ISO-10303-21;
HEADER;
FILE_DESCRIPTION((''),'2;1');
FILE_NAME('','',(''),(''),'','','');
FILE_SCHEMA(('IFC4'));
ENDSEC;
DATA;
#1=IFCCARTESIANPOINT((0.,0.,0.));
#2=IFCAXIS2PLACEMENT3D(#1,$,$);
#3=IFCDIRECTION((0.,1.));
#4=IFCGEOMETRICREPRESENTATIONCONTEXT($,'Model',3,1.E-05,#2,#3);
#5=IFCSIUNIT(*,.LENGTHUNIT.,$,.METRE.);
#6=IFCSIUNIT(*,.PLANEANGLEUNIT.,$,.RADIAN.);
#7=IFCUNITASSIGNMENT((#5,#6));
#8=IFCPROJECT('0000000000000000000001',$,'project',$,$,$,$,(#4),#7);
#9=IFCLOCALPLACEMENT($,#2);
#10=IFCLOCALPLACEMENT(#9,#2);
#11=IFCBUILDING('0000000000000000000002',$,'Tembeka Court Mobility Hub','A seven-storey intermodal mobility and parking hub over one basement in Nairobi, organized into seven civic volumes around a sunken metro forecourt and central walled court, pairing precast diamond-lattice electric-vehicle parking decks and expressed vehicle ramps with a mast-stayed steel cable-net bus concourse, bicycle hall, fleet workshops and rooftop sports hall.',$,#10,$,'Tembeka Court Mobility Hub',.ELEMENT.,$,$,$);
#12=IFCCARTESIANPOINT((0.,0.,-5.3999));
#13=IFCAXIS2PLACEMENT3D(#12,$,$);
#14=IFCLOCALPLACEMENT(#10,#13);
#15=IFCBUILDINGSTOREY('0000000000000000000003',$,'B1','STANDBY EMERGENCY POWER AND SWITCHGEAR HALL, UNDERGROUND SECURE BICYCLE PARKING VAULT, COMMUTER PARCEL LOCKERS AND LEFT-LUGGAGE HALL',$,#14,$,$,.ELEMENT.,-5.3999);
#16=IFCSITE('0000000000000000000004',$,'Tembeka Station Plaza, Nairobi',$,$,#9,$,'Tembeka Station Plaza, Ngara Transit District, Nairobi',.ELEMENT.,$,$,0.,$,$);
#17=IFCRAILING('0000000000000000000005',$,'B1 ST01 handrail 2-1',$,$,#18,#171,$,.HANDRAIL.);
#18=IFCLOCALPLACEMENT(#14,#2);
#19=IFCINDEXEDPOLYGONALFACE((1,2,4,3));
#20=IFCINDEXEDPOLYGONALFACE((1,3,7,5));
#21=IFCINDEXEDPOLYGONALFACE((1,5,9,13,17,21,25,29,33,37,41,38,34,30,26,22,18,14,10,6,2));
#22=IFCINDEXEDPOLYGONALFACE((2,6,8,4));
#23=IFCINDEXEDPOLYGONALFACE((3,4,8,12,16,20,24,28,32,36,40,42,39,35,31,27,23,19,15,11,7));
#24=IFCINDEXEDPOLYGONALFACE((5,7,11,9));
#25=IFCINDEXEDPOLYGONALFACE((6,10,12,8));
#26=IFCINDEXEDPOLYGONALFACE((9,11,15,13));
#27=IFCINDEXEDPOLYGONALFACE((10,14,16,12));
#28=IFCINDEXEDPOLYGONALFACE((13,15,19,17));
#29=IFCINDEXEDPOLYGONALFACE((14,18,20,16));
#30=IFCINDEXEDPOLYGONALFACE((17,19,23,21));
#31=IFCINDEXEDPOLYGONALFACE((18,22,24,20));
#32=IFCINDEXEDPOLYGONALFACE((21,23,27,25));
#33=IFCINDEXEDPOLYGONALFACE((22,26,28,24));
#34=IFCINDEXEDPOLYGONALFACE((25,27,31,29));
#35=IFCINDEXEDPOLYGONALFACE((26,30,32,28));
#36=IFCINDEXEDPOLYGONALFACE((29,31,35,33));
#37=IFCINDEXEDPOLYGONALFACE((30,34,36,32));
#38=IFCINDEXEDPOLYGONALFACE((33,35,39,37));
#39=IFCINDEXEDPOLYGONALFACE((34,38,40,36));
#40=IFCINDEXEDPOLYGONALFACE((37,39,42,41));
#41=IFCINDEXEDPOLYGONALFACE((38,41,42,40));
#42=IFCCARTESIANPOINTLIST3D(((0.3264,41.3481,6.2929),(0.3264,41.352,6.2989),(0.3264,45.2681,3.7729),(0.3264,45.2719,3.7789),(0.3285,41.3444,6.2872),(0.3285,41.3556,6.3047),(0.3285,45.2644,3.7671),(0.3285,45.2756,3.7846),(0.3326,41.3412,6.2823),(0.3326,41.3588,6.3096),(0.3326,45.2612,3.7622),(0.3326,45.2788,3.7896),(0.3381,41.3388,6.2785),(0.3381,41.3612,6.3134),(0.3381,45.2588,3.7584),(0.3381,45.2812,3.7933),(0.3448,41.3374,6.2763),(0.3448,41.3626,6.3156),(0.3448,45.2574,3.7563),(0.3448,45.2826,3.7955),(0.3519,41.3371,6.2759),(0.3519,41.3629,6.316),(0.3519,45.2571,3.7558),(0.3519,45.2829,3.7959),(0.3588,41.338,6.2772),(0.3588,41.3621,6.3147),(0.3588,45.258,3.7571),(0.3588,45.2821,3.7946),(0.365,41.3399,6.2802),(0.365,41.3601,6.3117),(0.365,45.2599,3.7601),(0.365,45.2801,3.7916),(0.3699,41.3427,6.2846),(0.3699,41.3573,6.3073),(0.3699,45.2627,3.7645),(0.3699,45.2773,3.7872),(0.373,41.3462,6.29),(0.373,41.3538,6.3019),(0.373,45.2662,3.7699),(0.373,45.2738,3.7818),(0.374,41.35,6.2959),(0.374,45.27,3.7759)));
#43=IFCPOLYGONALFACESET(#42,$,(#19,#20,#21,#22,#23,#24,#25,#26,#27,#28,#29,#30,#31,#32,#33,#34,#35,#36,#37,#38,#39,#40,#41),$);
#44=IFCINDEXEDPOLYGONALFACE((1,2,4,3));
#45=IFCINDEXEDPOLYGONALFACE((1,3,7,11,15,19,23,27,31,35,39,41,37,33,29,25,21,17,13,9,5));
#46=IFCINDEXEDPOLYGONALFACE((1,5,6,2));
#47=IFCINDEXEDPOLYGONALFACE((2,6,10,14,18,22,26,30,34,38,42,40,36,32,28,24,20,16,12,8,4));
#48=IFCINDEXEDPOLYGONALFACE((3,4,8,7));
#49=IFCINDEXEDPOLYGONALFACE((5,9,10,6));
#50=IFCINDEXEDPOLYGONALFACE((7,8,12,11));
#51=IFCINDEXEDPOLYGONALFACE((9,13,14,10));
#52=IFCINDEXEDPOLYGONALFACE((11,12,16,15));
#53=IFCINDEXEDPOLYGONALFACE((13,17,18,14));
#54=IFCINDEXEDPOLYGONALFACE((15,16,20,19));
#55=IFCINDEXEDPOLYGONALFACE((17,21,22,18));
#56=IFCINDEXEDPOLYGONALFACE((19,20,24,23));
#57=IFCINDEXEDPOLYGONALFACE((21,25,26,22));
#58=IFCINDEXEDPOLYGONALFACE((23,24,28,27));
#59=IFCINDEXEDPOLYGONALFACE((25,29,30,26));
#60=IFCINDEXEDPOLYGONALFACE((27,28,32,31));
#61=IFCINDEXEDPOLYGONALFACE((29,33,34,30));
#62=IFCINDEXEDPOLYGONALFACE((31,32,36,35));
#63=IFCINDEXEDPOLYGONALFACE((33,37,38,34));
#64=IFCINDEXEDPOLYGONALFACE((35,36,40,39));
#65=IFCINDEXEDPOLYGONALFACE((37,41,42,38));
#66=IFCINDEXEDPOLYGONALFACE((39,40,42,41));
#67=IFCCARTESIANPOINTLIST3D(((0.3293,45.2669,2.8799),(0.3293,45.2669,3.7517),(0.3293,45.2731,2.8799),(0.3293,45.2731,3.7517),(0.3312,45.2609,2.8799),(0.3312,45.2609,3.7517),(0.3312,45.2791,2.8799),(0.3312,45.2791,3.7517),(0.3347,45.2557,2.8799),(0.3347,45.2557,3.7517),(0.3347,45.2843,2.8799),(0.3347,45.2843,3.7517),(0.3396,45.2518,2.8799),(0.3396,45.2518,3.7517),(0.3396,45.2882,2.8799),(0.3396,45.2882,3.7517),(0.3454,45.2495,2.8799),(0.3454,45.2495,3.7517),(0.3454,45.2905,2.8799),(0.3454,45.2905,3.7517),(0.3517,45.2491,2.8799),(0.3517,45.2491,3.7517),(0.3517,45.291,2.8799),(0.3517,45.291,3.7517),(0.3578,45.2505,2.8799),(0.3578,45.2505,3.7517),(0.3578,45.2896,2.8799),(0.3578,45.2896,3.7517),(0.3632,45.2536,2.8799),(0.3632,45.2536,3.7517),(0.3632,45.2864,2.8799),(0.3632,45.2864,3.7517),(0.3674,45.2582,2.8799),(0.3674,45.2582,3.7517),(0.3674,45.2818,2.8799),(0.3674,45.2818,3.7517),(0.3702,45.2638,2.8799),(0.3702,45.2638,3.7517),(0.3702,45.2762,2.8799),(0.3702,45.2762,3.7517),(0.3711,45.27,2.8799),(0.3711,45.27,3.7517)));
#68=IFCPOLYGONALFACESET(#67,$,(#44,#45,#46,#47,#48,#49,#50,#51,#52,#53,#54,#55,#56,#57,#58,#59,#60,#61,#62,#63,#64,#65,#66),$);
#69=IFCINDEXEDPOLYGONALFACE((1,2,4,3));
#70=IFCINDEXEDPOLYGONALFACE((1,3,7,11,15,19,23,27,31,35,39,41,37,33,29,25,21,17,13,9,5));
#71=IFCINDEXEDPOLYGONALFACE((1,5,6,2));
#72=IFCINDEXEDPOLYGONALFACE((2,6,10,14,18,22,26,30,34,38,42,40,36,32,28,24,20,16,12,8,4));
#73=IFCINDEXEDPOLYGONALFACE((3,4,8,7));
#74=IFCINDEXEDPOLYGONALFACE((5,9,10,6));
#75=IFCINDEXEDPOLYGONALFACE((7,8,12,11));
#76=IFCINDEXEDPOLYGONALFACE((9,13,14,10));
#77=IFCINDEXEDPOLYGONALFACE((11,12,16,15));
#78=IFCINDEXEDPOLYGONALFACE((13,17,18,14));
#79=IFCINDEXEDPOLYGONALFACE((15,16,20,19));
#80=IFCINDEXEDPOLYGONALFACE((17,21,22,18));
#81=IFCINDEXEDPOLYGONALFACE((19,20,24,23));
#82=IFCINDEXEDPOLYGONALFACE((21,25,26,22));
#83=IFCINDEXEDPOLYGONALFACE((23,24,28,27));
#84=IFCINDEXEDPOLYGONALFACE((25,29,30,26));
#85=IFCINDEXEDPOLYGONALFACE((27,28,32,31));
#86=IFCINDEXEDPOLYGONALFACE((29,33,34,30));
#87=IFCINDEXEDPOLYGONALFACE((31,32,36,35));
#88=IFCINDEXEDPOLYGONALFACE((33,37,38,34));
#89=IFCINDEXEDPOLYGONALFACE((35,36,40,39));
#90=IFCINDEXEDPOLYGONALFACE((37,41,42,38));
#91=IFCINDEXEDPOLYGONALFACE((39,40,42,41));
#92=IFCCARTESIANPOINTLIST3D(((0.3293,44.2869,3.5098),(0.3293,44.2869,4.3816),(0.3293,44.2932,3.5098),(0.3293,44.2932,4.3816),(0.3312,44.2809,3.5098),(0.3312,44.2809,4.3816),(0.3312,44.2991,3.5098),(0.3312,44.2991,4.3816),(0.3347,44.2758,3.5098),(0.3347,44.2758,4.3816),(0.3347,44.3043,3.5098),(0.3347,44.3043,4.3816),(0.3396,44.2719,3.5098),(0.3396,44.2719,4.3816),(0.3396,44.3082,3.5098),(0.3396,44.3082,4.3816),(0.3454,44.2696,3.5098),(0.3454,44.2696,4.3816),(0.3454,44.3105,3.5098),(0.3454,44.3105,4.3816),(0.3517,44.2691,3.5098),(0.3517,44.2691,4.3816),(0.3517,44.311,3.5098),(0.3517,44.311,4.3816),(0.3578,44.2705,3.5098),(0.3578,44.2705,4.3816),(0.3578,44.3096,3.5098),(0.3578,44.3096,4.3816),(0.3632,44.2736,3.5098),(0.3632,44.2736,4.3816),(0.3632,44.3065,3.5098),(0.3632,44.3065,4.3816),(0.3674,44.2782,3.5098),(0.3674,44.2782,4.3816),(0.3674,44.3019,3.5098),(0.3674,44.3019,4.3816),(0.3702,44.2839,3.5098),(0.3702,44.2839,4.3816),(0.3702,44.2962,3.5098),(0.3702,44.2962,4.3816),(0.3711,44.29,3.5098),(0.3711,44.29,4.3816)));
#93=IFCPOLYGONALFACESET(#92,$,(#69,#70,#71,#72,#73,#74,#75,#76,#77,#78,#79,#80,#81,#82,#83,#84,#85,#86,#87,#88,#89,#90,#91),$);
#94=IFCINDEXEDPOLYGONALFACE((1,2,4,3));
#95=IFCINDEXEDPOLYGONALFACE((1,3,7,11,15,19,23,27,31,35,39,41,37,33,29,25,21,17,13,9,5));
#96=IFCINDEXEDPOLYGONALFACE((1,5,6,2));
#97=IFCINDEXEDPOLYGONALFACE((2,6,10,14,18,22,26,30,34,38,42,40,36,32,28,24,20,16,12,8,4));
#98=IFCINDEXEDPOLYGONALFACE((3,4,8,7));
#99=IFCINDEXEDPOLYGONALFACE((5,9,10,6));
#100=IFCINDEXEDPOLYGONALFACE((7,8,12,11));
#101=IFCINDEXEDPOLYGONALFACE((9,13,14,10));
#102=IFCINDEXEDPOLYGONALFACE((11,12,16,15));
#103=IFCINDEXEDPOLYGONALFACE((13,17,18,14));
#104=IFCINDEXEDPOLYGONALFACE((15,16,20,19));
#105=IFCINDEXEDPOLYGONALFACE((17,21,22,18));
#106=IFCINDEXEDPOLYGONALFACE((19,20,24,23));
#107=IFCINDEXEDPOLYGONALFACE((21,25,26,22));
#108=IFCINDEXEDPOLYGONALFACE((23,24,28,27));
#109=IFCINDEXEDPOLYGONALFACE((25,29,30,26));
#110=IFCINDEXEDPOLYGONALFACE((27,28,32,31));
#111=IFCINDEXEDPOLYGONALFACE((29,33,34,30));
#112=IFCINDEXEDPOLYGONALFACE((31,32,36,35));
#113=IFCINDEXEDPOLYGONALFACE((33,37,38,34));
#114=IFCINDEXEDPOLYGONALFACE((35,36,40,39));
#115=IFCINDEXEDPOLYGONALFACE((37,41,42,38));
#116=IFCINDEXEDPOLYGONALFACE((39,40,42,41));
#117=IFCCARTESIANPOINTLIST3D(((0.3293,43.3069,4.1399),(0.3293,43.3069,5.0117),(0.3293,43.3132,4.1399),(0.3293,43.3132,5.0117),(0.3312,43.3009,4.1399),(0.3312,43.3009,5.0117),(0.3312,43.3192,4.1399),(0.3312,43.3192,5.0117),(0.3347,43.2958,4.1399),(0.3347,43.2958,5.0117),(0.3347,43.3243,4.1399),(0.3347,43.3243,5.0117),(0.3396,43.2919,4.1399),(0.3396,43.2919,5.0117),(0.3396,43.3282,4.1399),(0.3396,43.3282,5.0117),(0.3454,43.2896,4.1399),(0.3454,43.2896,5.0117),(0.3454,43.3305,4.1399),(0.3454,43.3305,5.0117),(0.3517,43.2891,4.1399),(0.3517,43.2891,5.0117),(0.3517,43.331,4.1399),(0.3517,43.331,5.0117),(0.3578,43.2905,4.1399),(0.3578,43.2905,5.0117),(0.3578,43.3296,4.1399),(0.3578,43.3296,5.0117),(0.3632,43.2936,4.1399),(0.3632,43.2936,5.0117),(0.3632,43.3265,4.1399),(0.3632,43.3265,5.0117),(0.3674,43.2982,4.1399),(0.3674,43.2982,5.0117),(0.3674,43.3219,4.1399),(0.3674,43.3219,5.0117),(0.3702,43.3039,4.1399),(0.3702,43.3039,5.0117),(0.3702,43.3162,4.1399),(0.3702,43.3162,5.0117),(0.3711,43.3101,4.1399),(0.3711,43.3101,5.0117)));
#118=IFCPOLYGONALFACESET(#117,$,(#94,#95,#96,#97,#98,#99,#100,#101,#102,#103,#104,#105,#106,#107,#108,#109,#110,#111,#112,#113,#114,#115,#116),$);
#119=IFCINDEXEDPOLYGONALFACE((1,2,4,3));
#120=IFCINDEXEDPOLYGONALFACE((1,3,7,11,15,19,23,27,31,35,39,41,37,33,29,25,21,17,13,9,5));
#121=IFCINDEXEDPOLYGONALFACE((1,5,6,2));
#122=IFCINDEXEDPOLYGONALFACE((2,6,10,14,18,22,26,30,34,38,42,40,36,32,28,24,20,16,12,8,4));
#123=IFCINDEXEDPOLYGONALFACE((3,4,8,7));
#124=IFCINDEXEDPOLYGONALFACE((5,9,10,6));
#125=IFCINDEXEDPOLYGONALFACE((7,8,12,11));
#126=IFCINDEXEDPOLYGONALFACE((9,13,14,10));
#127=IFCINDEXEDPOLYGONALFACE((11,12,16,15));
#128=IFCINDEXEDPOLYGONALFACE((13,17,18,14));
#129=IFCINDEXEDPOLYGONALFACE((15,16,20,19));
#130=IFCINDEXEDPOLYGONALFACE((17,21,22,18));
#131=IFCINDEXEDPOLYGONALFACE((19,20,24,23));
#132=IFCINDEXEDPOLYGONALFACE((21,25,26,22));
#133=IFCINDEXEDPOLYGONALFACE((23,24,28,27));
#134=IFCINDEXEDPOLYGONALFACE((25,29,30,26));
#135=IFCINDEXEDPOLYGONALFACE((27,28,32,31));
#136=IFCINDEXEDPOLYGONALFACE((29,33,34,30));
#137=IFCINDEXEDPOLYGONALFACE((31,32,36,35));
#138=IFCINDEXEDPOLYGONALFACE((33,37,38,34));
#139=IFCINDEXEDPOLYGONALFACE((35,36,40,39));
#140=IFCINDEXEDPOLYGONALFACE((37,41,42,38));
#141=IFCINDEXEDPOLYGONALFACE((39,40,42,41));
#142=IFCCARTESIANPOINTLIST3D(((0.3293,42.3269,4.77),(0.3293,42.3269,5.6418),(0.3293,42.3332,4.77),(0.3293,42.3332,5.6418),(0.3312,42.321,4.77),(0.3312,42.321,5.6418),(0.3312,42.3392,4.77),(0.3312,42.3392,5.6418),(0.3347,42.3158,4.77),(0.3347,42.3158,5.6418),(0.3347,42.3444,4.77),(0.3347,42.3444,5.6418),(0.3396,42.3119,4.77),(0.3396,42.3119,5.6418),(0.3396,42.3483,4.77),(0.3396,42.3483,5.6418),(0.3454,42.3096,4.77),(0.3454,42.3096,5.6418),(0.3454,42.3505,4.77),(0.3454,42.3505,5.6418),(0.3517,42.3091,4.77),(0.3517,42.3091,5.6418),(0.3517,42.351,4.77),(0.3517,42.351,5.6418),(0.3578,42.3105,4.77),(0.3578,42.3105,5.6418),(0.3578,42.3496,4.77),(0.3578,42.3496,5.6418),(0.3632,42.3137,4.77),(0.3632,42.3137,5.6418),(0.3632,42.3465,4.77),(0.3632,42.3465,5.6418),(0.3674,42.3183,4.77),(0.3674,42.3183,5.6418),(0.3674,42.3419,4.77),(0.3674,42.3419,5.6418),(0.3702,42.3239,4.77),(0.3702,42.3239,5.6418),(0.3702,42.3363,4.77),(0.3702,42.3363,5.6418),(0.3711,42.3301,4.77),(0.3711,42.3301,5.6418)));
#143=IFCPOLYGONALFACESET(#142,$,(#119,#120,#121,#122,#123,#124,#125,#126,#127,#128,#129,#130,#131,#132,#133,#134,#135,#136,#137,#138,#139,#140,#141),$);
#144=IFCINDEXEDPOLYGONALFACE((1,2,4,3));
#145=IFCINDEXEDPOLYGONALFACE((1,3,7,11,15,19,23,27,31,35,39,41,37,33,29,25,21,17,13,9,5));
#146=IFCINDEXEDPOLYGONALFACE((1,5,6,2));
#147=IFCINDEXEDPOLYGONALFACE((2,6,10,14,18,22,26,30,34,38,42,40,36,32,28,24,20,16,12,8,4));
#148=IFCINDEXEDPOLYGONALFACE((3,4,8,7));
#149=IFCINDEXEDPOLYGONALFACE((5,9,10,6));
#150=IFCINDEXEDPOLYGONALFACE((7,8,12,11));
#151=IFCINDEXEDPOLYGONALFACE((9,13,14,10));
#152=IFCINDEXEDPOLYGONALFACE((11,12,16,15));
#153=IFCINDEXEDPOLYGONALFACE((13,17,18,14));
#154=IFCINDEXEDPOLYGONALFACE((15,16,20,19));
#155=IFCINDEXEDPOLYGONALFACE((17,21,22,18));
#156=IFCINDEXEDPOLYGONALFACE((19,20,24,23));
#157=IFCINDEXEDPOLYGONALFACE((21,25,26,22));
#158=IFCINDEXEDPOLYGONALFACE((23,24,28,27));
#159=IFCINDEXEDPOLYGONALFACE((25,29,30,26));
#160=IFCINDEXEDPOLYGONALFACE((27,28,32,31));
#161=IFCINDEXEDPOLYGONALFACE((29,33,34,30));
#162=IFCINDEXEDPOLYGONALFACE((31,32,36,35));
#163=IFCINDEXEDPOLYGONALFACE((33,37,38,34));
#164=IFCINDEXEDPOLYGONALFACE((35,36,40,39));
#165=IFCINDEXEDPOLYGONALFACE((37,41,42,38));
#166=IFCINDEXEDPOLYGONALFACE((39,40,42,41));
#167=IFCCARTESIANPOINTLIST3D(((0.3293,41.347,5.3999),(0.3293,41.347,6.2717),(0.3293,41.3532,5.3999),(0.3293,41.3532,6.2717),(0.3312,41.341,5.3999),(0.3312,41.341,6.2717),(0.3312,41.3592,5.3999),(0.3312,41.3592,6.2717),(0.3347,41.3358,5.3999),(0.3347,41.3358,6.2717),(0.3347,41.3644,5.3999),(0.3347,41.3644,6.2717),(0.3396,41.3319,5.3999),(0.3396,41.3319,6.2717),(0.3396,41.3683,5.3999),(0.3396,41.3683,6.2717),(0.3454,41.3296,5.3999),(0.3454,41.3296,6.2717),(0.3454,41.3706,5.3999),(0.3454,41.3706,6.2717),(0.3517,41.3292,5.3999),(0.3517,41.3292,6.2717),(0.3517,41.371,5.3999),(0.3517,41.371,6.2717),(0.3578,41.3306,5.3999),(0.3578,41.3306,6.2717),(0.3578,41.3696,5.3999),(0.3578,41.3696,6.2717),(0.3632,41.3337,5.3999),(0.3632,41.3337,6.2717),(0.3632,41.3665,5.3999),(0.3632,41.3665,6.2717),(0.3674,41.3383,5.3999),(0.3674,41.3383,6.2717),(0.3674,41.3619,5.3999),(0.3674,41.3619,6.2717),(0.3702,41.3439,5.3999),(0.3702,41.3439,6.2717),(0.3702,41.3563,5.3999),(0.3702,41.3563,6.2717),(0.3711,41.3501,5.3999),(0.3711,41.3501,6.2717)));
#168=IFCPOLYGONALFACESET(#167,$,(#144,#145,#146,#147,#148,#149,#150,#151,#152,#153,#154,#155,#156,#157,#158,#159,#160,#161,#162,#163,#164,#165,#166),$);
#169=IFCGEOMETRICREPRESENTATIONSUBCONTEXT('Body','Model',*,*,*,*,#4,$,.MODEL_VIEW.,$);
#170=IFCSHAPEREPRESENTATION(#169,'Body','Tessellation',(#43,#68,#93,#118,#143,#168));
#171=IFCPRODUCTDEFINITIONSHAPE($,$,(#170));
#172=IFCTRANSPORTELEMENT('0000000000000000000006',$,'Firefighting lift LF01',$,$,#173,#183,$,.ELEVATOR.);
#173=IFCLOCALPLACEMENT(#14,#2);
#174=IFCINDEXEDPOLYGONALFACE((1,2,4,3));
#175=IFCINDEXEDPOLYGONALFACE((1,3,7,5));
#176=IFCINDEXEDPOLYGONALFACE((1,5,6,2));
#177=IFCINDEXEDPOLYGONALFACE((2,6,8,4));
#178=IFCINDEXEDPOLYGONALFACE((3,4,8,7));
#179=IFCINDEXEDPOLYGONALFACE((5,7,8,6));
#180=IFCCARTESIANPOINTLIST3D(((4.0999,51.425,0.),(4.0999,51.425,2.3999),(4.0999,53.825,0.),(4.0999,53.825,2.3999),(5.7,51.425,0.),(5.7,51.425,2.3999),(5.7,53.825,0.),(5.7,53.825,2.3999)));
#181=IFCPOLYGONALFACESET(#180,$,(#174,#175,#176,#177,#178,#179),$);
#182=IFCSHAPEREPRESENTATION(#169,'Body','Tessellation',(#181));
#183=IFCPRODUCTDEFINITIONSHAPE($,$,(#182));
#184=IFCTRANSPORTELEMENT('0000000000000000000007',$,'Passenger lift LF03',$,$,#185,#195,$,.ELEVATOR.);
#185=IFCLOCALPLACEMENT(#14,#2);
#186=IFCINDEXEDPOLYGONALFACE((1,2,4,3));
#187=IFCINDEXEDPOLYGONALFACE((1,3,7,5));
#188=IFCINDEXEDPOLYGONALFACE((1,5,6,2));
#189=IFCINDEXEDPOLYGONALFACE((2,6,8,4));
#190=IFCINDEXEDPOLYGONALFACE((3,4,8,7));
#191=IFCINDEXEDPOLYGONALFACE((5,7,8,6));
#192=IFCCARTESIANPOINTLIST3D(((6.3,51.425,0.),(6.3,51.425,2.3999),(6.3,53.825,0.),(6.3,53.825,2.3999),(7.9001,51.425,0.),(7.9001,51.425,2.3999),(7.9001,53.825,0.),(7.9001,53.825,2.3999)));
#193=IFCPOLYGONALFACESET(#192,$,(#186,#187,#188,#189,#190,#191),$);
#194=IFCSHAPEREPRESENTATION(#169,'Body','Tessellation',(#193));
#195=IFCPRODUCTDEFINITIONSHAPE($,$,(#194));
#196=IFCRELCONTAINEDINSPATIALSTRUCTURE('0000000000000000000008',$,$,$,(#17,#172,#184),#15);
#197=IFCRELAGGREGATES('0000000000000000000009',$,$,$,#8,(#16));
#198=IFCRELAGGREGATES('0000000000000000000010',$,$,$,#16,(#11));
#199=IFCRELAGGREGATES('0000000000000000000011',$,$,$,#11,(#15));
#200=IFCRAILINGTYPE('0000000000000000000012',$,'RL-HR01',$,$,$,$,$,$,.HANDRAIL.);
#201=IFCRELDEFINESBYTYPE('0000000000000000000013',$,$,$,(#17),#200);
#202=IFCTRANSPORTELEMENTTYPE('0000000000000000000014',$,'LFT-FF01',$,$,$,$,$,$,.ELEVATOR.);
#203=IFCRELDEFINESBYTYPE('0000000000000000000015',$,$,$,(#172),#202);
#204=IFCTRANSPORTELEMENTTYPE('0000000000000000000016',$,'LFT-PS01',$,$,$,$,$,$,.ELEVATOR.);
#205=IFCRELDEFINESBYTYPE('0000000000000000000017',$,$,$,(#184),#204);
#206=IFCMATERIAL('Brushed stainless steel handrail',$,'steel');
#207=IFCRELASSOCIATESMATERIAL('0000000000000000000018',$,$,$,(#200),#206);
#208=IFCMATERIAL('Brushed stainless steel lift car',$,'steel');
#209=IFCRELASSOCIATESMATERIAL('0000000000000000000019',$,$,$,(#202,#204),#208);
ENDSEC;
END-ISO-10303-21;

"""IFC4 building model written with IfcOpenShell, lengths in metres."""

from ifc_helpers import new_model, si_unit, direction, frame, origin, origin_2d, place, context, subcontext, project, spatial, rectangle, circle, extrude, material, type_object, element, save


model = new_model("IFC4")

# Units and contexts
model_context = context("Model", 3, precision=1e-05, world=origin(), true_north=direction((0.0, 1.0)))
body_context = subcontext(model_context, "Body", "Model", "MODEL_VIEW")
ifc_project = project(units=[si_unit("LENGTHUNIT", "METRE"), si_unit("PLANEANGLEUNIT", "RADIAN")], contexts=[model_context])

# Site, building, storey
site_placement = place(None, origin())
site = spatial("IfcSite", under=ifc_project, at=site_placement, Name="Tembeka Station Plaza, Nairobi", LongName="Tembeka Station Plaza, Ngara Transit District, Nairobi", CompositionType="ELEMENT", RefElevation=0.0)
building_placement = place(site_placement, origin())
building = spatial("IfcBuilding", under=site, at=building_placement, Name="Tembeka Court Mobility Hub", Description="A seven-storey intermodal mobility and parking hub over one basement in Nairobi, organized into seven civic volumes around a sunken metro forecourt and central walled court, pairing precast diamond-lattice electric-vehicle parking decks and expressed vehicle ramps with a mast-stayed steel cable-net bus concourse, bicycle hall, fleet workshops and rooftop sports hall.", LongName="Tembeka Court Mobility Hub", CompositionType="ELEMENT")
storey_placement = place(building_placement, frame((0.0, 0.0, -5.3999)))
storey = spatial("IfcBuildingStorey", under=building, at=storey_placement, Name="B1", Description="STANDBY EMERGENCY POWER AND SWITCHGEAR HALL, UNDERGROUND SECURE BICYCLE PARKING VAULT, COMMUTER PARCEL LOCKERS AND LEFT-LUGGAGE HALL", CompositionType="ELEMENT", Elevation=-5.3999)

# Railing
ifc_material_1 = material(Name="Brushed stainless steel handrail", Category="steel")
railing_type_1 = type_object("IfcRailingType", Name="RL-HR01", PredefinedType="HANDRAIL", material=ifc_material_1)
railing_1_placement = place(storey_placement, frame((0.3501, 45.27, 2.8799)))
element("IfcRailing", 1, at=railing_1_placement, inside=storey, type_object=railing_type_1, Name="B1 ST01 handrail 2-1", PredefinedType="HANDRAIL", context=body_context, shape_type="SweptSolid", body=[
    extrude(circle(Radius=0.0239, at=origin_2d()), frame((0.0, 0.0, 0.896), z_axis=(0.0, -0.841172, 0.540768), x_axis=(1.0, 0.0, 0.0)), (0.0, 0.0, 1.0), 4.6602),
    extrude(circle(Radius=0.021, at=origin_2d()), origin(), (0.0, 0.0, 1.0), 0.8718),
    extrude(circle(Radius=0.021, at=origin_2d()), frame((0.0, -0.98, 0.6299)), (0.0, 0.0, 1.0), 0.8718),
    extrude(circle(Radius=0.021, at=origin_2d()), frame((0.0, -1.96, 1.26)), (0.0, 0.0, 1.0), 0.8718),
    extrude(circle(Radius=0.021, at=origin_2d()), frame((0.0, -2.9399, 1.8901)), (0.0, 0.0, 1.0), 0.8718),
    extrude(circle(Radius=0.021, at=origin_2d()), frame((0.0, -3.9199, 2.52)), (0.0, 0.0, 1.0), 0.8718),
])

# Transport elements
ifc_material_2 = material(Name="Brushed stainless steel lift car", Category="steel")
transport_element_type_1 = type_object("IfcTransportElementType", Name="LFT-FF01", PredefinedType="ELEVATOR", material=ifc_material_2)
transport_element_1_placement = place(storey_placement, frame((4.8999, 52.625, 0.0), z_axis=(0.0, 0.0, 1.0), x_axis=(1.0, 0.0, 0.0)))
element("IfcTransportElement", 2, at=transport_element_1_placement, inside=storey, type_object=transport_element_type_1, Name="Firefighting lift LF01", PredefinedType="ELEVATOR", context=body_context, shape_type="SweptSolid", body=[
    extrude(rectangle(XDim=1.6001, YDim=2.3999, at=origin_2d()), origin(), (0.0, 0.0, 1.0), 2.3999),
])
transport_element_type_2 = type_object("IfcTransportElementType", Name="LFT-PS01", PredefinedType="ELEVATOR", material=ifc_material_2)
transport_element_2_placement = place(storey_placement, frame((7.1001, 52.625, 0.0), z_axis=(0.0, 0.0, 1.0), x_axis=(1.0, 0.0, 0.0)))
element("IfcTransportElement", 3, at=transport_element_2_placement, inside=storey, type_object=transport_element_type_2, Name="Passenger lift LF03", PredefinedType="ELEVATOR", context=body_context, shape_type="SweptSolid", body=[
    extrude(rectangle(XDim=1.6001, YDim=2.3999, at=origin_2d()), origin(), (0.0, 0.0, 1.0), 2.3999),
])

save(model, "model.ifc")
